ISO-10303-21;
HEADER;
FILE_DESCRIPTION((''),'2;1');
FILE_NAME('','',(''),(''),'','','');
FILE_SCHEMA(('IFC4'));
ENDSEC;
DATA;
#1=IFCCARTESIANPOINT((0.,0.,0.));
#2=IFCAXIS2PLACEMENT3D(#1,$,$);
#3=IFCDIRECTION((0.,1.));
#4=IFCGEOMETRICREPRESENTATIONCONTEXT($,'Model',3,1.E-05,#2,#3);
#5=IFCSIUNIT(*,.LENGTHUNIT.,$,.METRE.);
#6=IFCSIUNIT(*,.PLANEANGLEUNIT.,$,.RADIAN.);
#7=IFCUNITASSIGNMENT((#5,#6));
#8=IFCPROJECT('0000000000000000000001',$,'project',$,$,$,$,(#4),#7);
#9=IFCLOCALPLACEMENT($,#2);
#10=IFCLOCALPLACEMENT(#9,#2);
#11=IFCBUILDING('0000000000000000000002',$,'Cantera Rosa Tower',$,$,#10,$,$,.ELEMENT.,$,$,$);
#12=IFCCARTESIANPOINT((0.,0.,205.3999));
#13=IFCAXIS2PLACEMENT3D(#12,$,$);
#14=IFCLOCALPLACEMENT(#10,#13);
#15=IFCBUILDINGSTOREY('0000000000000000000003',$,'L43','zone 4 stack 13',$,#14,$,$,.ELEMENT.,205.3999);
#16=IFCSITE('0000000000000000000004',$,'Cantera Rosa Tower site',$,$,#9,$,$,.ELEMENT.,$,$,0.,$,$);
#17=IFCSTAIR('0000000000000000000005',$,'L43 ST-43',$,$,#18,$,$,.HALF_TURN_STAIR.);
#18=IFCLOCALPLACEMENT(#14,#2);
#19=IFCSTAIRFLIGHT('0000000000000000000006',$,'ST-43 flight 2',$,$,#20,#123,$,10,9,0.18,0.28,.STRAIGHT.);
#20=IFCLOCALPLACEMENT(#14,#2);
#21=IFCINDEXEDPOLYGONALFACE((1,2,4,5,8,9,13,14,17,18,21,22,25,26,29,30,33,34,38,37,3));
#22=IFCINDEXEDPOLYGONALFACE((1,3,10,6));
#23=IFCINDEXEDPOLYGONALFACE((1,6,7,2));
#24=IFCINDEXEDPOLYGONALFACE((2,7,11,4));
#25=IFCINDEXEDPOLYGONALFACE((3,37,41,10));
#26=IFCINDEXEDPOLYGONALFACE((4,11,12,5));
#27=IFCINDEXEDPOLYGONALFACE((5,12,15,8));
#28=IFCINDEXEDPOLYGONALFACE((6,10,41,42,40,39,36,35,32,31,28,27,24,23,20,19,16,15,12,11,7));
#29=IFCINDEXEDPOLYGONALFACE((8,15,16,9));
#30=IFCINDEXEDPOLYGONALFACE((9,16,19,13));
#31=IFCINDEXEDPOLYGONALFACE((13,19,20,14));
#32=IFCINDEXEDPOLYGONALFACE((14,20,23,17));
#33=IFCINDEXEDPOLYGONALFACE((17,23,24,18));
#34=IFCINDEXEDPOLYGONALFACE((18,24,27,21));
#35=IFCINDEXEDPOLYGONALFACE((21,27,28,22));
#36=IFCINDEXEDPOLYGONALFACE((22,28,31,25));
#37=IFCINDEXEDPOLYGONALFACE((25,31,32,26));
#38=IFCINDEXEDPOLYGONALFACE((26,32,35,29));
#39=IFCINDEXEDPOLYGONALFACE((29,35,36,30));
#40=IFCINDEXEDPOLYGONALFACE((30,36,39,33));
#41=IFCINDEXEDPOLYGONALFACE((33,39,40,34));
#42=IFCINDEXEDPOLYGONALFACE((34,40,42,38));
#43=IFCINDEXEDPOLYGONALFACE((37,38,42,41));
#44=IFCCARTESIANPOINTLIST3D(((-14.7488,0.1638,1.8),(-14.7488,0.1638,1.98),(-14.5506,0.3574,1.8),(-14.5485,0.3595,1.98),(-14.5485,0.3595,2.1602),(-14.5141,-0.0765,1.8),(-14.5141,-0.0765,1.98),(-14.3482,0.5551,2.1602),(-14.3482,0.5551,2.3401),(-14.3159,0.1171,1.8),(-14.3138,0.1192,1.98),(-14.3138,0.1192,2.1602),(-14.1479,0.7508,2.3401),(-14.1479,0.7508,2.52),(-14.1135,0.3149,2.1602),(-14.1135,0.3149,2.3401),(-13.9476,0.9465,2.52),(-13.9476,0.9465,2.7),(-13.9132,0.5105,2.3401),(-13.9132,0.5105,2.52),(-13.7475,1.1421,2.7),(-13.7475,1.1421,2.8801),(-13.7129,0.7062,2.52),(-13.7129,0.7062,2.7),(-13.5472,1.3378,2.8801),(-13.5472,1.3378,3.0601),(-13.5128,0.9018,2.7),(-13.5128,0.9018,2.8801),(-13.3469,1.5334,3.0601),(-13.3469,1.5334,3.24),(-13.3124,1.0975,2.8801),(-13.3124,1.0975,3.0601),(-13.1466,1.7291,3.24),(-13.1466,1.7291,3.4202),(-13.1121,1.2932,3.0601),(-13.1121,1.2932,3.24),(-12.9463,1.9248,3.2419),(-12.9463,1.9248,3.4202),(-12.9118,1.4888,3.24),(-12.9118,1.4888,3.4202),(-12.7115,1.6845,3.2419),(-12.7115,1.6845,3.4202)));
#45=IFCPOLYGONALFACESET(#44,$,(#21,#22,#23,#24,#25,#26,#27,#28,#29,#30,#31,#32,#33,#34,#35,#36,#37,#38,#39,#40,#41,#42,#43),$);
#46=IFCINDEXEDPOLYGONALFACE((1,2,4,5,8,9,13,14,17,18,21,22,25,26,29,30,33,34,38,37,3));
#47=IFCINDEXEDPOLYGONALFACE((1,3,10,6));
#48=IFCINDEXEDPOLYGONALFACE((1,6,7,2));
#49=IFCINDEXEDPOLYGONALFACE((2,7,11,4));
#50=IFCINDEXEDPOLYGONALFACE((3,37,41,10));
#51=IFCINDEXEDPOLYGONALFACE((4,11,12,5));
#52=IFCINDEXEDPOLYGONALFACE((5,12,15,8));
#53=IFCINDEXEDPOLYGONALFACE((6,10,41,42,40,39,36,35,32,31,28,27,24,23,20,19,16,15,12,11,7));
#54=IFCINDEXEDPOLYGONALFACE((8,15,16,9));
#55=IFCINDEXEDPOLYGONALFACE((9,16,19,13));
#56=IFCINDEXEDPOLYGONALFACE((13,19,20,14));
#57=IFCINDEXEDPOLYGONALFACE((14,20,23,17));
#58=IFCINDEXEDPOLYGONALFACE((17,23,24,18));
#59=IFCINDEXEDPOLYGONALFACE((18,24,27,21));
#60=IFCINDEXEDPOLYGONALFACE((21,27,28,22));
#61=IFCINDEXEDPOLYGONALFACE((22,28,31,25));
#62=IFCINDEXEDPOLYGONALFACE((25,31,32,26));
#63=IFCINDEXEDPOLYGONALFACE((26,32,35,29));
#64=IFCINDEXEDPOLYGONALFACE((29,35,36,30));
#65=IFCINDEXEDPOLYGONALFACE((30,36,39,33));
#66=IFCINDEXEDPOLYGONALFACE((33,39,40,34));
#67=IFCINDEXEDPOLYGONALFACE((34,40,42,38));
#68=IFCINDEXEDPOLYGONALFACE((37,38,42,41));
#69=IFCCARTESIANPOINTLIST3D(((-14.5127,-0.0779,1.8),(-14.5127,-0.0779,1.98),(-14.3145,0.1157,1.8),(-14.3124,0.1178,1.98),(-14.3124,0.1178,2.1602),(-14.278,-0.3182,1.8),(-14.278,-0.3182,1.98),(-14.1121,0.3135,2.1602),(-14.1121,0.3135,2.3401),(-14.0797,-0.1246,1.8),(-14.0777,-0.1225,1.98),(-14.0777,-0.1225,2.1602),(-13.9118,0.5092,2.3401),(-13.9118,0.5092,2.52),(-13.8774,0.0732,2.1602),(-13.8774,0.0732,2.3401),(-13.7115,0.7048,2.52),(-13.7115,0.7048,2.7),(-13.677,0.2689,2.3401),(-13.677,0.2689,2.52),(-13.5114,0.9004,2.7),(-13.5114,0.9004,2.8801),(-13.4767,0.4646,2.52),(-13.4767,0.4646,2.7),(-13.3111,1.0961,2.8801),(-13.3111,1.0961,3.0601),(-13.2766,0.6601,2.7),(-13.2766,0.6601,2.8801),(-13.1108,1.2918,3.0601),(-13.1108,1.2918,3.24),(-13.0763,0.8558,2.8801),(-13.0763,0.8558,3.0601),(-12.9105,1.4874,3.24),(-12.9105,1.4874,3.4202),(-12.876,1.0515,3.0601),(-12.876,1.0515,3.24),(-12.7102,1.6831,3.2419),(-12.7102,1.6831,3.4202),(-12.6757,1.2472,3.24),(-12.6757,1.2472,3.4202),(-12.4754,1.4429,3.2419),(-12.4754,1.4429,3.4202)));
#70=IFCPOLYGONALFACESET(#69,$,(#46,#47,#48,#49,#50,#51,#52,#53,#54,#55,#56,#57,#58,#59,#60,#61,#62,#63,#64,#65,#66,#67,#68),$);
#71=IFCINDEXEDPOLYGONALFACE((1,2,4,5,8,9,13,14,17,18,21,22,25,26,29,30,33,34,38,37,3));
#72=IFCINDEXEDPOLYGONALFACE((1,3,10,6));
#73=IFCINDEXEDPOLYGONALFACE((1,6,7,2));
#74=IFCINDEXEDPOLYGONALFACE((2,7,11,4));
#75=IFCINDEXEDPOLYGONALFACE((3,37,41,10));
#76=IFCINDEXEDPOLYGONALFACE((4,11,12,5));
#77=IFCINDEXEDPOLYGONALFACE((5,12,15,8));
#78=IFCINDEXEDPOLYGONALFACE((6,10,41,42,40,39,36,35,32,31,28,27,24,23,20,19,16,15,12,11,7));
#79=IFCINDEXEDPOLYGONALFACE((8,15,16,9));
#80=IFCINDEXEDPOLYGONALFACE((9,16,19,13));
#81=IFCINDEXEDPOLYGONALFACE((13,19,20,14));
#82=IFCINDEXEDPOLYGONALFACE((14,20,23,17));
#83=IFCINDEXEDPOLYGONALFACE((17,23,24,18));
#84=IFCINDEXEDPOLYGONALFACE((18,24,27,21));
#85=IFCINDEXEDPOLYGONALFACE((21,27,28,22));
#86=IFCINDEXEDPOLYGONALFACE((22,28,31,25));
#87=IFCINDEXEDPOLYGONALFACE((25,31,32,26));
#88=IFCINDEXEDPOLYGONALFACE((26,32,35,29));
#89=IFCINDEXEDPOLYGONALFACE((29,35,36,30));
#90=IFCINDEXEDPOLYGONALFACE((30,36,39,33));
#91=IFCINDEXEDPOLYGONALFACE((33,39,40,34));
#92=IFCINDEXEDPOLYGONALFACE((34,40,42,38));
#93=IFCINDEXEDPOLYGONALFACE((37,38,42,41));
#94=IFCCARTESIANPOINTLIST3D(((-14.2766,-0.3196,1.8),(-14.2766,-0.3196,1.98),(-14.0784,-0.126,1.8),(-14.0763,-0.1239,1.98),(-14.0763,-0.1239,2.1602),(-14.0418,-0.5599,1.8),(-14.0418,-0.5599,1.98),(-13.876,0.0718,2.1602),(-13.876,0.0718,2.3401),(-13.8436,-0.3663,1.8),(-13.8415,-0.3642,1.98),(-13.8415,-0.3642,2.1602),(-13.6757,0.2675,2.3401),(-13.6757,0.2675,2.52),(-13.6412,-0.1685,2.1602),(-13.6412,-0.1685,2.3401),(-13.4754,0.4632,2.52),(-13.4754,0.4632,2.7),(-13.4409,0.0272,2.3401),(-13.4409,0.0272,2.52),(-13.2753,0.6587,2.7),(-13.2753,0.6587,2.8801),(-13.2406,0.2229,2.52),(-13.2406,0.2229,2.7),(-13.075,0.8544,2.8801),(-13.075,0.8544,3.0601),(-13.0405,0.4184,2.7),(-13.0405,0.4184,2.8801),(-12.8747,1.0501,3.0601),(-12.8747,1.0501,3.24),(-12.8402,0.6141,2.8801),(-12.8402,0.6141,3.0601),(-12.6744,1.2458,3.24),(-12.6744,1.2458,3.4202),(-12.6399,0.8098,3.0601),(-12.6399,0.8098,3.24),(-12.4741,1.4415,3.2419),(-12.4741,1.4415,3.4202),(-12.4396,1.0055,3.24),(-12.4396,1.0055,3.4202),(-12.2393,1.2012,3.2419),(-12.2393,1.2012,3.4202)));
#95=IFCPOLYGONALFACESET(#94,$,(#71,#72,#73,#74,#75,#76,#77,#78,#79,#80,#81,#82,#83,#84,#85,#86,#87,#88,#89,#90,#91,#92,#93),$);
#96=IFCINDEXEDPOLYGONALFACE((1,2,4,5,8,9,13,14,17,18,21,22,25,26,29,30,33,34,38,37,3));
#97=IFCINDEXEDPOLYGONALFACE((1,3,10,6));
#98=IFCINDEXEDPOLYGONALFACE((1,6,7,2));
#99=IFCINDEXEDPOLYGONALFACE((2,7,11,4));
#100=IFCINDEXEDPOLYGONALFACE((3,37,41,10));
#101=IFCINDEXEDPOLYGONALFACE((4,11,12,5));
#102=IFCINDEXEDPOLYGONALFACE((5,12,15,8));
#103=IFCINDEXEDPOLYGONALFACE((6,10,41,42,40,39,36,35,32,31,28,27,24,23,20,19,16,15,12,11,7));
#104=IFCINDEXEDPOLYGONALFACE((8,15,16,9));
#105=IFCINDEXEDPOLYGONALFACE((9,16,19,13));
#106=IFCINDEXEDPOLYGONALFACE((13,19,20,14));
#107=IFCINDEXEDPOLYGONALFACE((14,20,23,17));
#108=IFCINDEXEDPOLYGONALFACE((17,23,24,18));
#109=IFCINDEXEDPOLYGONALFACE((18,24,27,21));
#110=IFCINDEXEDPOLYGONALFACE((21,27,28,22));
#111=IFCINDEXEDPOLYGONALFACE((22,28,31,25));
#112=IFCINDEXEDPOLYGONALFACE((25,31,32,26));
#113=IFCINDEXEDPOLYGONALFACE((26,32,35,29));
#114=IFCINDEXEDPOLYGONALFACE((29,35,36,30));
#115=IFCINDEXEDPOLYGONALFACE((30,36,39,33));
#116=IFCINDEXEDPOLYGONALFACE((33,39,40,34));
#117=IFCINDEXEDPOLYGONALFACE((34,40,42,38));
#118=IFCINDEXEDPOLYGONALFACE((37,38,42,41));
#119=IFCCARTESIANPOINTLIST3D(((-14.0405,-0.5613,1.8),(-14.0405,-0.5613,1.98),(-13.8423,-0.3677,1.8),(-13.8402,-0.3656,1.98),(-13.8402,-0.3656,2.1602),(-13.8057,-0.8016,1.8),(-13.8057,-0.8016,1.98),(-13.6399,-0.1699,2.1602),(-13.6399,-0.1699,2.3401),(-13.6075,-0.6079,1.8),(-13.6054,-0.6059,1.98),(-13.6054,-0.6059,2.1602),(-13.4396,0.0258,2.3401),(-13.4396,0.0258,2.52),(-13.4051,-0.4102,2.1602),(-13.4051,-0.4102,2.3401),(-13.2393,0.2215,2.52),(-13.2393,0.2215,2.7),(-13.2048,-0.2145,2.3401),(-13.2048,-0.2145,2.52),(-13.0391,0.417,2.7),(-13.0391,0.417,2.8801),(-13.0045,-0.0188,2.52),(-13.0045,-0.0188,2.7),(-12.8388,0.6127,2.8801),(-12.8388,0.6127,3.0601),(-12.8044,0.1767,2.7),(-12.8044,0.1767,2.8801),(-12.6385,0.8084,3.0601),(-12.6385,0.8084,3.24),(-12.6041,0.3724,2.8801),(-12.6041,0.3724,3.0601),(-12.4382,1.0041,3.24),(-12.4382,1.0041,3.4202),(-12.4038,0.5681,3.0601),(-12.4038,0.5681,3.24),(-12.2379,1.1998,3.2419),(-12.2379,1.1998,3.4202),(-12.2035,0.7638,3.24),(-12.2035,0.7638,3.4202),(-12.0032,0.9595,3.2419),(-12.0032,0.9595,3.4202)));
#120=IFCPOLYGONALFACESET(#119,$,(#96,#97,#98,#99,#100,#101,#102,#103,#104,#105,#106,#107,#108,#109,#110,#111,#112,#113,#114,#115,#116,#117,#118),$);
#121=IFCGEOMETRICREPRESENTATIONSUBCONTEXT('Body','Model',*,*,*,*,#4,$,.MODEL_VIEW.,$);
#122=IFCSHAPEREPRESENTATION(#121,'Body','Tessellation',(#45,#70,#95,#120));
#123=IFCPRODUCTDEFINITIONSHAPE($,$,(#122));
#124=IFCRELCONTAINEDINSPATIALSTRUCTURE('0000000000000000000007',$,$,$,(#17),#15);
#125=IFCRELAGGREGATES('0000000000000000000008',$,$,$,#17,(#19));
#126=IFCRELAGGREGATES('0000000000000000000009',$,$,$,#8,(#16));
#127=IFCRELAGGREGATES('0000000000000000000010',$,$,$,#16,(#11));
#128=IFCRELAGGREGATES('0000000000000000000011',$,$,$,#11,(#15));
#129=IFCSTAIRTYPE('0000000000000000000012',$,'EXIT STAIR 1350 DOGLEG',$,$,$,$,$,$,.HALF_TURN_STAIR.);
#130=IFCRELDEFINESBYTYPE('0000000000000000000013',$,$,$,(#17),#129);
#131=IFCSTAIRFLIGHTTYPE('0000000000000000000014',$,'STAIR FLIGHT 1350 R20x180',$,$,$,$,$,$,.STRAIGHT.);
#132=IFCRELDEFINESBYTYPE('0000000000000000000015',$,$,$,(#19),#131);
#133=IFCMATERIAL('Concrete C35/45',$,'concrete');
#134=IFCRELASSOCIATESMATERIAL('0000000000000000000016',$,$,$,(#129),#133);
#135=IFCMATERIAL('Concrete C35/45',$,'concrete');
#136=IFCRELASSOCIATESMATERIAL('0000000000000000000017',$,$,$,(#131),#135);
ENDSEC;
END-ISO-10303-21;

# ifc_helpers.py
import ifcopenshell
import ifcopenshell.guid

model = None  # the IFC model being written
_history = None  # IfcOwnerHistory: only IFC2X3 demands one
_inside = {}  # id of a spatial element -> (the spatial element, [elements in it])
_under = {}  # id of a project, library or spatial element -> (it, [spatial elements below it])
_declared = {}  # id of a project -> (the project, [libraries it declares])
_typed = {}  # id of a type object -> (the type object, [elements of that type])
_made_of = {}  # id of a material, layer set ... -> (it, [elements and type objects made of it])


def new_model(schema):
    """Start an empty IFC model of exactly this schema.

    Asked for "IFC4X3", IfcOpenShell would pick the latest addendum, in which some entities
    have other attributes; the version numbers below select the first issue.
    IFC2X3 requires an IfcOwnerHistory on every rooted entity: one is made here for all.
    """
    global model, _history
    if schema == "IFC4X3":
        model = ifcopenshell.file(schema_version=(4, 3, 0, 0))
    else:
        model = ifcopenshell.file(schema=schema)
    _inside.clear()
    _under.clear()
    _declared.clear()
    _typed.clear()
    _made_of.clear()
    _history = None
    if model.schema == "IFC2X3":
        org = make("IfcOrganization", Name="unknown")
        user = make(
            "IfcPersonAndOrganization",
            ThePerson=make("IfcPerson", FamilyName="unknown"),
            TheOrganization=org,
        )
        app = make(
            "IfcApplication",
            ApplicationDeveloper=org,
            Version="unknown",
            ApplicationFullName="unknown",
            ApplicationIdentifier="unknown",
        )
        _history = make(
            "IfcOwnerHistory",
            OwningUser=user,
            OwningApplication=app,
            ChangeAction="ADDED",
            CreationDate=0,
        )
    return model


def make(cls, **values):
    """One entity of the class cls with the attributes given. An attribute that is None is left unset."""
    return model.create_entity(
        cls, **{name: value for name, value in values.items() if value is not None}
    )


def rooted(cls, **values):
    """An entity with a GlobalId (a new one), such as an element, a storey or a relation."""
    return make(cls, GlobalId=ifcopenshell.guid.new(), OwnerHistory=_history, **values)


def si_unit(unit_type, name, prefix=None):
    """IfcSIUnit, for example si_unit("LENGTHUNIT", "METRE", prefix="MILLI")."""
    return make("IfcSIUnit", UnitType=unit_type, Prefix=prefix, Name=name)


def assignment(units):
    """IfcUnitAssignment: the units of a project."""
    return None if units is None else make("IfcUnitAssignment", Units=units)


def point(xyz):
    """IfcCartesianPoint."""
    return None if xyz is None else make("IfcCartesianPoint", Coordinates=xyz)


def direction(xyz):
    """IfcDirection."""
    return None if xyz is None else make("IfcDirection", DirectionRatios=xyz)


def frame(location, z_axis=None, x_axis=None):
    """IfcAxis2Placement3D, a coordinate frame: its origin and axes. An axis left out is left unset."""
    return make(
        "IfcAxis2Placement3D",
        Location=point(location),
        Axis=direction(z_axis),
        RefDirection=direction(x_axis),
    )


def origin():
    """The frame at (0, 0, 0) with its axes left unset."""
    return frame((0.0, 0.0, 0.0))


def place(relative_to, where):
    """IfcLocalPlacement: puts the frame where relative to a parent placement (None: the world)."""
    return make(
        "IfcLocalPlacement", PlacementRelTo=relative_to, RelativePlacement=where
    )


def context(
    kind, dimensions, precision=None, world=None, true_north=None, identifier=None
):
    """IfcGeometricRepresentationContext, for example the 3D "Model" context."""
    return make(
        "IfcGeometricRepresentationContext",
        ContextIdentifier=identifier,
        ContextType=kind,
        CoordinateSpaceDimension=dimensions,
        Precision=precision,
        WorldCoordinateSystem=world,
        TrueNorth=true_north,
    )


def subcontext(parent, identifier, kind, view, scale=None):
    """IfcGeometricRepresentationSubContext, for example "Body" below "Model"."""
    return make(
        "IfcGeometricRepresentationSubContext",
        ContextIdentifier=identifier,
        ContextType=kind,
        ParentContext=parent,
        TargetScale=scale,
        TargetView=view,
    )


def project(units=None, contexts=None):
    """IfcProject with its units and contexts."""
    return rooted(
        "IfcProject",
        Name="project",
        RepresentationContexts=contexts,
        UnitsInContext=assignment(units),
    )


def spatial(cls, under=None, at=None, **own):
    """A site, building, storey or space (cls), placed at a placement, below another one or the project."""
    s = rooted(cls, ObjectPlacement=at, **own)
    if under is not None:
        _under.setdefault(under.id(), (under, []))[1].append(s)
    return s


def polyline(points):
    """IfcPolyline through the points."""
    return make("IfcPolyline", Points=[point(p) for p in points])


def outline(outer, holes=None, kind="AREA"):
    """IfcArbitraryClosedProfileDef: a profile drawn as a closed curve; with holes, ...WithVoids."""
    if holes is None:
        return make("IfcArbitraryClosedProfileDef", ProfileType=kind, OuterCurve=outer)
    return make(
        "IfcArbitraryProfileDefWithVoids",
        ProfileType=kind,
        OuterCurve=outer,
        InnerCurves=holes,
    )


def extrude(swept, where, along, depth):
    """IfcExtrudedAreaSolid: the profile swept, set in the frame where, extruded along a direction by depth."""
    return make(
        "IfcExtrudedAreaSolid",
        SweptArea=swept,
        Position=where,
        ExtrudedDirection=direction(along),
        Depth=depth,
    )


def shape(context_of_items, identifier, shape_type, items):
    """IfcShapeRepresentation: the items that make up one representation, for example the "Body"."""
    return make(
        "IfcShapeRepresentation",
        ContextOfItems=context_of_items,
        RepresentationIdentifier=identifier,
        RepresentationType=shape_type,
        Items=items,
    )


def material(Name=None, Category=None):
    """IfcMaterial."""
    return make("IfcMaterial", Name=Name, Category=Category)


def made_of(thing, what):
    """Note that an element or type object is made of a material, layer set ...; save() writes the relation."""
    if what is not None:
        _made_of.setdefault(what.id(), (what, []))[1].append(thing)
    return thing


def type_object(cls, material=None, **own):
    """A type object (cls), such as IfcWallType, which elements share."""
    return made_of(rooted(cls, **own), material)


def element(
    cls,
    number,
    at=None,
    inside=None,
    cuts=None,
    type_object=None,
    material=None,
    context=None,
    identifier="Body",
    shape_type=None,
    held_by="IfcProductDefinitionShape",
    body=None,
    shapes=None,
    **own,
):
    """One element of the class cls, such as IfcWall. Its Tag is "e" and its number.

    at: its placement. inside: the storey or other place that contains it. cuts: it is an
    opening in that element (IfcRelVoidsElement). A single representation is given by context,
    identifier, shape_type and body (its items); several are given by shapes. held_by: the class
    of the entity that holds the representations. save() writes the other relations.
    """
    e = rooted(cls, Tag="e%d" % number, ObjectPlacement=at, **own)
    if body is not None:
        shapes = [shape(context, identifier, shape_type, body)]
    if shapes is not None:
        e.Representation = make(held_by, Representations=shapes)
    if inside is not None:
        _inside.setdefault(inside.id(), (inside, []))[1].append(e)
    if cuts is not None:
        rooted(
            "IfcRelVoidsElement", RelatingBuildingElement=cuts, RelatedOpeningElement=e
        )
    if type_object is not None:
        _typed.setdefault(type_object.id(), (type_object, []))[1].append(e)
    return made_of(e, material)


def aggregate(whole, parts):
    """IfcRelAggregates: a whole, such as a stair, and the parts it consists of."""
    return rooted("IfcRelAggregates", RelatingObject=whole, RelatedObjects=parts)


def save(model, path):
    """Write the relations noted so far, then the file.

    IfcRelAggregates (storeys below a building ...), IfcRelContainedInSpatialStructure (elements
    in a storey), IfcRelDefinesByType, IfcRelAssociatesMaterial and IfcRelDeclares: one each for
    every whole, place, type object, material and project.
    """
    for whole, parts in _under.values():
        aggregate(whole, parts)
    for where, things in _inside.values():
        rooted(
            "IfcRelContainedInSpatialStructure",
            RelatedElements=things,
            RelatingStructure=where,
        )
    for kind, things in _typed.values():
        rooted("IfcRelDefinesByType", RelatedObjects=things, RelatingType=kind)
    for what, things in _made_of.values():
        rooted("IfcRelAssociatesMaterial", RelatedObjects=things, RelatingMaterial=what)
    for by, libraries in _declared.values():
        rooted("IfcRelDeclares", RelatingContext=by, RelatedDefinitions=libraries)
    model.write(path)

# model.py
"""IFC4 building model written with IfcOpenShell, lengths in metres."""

from ifc_helpers import new_model, si_unit, direction, frame, origin, place, context, subcontext, project, spatial, polyline, outline, extrude, material, type_object, element, aggregate, save


model = new_model("IFC4")

# Units and contexts
model_context = context("Model", 3, precision=1e-05, world=origin(), true_north=direction((0.0, 1.0)))
body_context = subcontext(model_context, "Body", "Model", "MODEL_VIEW")
ifc_project = project(units=[si_unit("LENGTHUNIT", "METRE"), si_unit("PLANEANGLEUNIT", "RADIAN")], contexts=[model_context])

# Site, building, storey
site_placement = place(None, origin())
site = spatial("IfcSite", under=ifc_project, at=site_placement, Name="Cantera Rosa Tower site", CompositionType="ELEMENT", RefElevation=0.0)
building_placement = place(site_placement, origin())
building = spatial("IfcBuilding", under=site, at=building_placement, Name="Cantera Rosa Tower", CompositionType="ELEMENT")
storey_placement = place(building_placement, frame((0.0, 0.0, 205.3999)))
storey = spatial("IfcBuildingStorey", under=building, at=storey_placement, Name="L43", Description="zone 4 stack 13", CompositionType="ELEMENT", Elevation=205.3999)

# Stair, stair flight
ifc_material_1 = material(Name="Concrete C35/45", Category="concrete")
stair_type = type_object("IfcStairType", Name="EXIT STAIR 1350 DOGLEG", PredefinedType="HALF_TURN_STAIR", material=ifc_material_1)
stair_placement = place(storey_placement, origin())
stair = element("IfcStair", 1, at=stair_placement, inside=storey, type_object=stair_type, Name="L43 ST-43", PredefinedType="HALF_TURN_STAIR")
ifc_material_2 = material(Name="Concrete C35/45", Category="concrete")
stair_flight_type = type_object("IfcStairFlightType", Name="STAIR FLIGHT 1350 R20x180", PredefinedType="STRAIGHT", material=ifc_material_2)
stair_flight_placement = place(storey_placement, frame((-14.2771, -0.3191, 1.8), z_axis=(0.0, 0.0, 1.0), x_axis=(0.715286, 0.698832, 0.0)))
stair_flight = element("IfcStairFlight", 2, at=stair_flight_placement, type_object=stair_flight_type, Name="ST-43 flight 2", NumberOfRisers=10, NumberOfTreads=9, PredefinedType="STRAIGHT", RiserHeight=0.18, TreadLength=0.28, context=body_context, shape_type="SweptSolid", body=[
    extrude(outline(polyline([(0.0, 0.0), (0.0, 0.1799), (0.28, 0.1799), (0.28, 0.3601), (0.5601, 0.3601), (0.5601, 0.54), (0.8401, 0.54), (0.8401, 0.72), (1.1201, 0.72), (1.1201, 0.8999), (1.3999, 0.8999), (1.3999, 1.0801), (1.6799, 1.0801), (1.6799, 1.26), (1.96, 1.26), (1.96, 1.4399), (2.24, 1.4399), (2.24, 1.6201), (2.52, 1.6201), (2.52, 1.8), (2.52, 1.4419), (0.2771, 0.0), (0.0, 0.0)])), frame((0.0, 0.675, 0.0), z_axis=(0.0, -1.0, 0.0), x_axis=(1.0, 0.0, 0.0)), (0.0, 0.0, 1.0), 0.3359),
    extrude(outline(polyline([(0.0, 0.0), (0.0, 0.1799), (0.28, 0.1799), (0.28, 0.3601), (0.5601, 0.3601), (0.5601, 0.54), (0.8401, 0.54), (0.8401, 0.72), (1.1201, 0.72), (1.1201, 0.8999), (1.3999, 0.8999), (1.3999, 1.0801), (1.6799, 1.0801), (1.6799, 1.26), (1.96, 1.26), (1.96, 1.4399), (2.24, 1.4399), (2.24, 1.6201), (2.52, 1.6201), (2.52, 1.8), (2.52, 1.4419), (0.2771, 0.0), (0.0, 0.0)])), frame((0.0, 0.3372, 0.0), z_axis=(0.0, -1.0, 0.0), x_axis=(1.0, 0.0, 0.0)), (0.0, 0.0, 1.0), 0.3359),
    extrude(outline(polyline([(0.0, 0.0), (0.0, 0.1799), (0.28, 0.1799), (0.28, 0.3601), (0.5601, 0.3601), (0.5601, 0.54), (0.8401, 0.54), (0.8401, 0.72), (1.1201, 0.72), (1.1201, 0.8999), (1.3999, 0.8999), (1.3999, 1.0801), (1.6799, 1.0801), (1.6799, 1.26), (1.96, 1.26), (1.96, 1.4399), (2.24, 1.4399), (2.24, 1.6201), (2.52, 1.6201), (2.52, 1.8), (2.52, 1.4419), (0.2771, 0.0), (0.0, 0.0)])), frame((0.0, -0.0007, 0.0), z_axis=(0.0, -1.0, 0.0), x_axis=(1.0, 0.0, 0.0)), (0.0, 0.0, 1.0), 0.3359),
    extrude(outline(polyline([(0.0, 0.0), (0.0, 0.1799), (0.28, 0.1799), (0.28, 0.3601), (0.5601, 0.3601), (0.5601, 0.54), (0.8401, 0.54), (0.8401, 0.72), (1.1201, 0.72), (1.1201, 0.8999), (1.3999, 0.8999), (1.3999, 1.0801), (1.6799, 1.0801), (1.6799, 1.26), (1.96, 1.26), (1.96, 1.4399), (2.24, 1.4399), (2.24, 1.6201), (2.52, 1.6201), (2.52, 1.8), (2.52, 1.4419), (0.2771, 0.0), (0.0, 0.0)])), frame((0.0, -0.3386, 0.0), z_axis=(0.0, -1.0, 0.0), x_axis=(1.0, 0.0, 0.0)), (0.0, 0.0, 1.0), 0.3359),
])
aggregate(stair, [stair_flight])

save(model, "model.ifc")
